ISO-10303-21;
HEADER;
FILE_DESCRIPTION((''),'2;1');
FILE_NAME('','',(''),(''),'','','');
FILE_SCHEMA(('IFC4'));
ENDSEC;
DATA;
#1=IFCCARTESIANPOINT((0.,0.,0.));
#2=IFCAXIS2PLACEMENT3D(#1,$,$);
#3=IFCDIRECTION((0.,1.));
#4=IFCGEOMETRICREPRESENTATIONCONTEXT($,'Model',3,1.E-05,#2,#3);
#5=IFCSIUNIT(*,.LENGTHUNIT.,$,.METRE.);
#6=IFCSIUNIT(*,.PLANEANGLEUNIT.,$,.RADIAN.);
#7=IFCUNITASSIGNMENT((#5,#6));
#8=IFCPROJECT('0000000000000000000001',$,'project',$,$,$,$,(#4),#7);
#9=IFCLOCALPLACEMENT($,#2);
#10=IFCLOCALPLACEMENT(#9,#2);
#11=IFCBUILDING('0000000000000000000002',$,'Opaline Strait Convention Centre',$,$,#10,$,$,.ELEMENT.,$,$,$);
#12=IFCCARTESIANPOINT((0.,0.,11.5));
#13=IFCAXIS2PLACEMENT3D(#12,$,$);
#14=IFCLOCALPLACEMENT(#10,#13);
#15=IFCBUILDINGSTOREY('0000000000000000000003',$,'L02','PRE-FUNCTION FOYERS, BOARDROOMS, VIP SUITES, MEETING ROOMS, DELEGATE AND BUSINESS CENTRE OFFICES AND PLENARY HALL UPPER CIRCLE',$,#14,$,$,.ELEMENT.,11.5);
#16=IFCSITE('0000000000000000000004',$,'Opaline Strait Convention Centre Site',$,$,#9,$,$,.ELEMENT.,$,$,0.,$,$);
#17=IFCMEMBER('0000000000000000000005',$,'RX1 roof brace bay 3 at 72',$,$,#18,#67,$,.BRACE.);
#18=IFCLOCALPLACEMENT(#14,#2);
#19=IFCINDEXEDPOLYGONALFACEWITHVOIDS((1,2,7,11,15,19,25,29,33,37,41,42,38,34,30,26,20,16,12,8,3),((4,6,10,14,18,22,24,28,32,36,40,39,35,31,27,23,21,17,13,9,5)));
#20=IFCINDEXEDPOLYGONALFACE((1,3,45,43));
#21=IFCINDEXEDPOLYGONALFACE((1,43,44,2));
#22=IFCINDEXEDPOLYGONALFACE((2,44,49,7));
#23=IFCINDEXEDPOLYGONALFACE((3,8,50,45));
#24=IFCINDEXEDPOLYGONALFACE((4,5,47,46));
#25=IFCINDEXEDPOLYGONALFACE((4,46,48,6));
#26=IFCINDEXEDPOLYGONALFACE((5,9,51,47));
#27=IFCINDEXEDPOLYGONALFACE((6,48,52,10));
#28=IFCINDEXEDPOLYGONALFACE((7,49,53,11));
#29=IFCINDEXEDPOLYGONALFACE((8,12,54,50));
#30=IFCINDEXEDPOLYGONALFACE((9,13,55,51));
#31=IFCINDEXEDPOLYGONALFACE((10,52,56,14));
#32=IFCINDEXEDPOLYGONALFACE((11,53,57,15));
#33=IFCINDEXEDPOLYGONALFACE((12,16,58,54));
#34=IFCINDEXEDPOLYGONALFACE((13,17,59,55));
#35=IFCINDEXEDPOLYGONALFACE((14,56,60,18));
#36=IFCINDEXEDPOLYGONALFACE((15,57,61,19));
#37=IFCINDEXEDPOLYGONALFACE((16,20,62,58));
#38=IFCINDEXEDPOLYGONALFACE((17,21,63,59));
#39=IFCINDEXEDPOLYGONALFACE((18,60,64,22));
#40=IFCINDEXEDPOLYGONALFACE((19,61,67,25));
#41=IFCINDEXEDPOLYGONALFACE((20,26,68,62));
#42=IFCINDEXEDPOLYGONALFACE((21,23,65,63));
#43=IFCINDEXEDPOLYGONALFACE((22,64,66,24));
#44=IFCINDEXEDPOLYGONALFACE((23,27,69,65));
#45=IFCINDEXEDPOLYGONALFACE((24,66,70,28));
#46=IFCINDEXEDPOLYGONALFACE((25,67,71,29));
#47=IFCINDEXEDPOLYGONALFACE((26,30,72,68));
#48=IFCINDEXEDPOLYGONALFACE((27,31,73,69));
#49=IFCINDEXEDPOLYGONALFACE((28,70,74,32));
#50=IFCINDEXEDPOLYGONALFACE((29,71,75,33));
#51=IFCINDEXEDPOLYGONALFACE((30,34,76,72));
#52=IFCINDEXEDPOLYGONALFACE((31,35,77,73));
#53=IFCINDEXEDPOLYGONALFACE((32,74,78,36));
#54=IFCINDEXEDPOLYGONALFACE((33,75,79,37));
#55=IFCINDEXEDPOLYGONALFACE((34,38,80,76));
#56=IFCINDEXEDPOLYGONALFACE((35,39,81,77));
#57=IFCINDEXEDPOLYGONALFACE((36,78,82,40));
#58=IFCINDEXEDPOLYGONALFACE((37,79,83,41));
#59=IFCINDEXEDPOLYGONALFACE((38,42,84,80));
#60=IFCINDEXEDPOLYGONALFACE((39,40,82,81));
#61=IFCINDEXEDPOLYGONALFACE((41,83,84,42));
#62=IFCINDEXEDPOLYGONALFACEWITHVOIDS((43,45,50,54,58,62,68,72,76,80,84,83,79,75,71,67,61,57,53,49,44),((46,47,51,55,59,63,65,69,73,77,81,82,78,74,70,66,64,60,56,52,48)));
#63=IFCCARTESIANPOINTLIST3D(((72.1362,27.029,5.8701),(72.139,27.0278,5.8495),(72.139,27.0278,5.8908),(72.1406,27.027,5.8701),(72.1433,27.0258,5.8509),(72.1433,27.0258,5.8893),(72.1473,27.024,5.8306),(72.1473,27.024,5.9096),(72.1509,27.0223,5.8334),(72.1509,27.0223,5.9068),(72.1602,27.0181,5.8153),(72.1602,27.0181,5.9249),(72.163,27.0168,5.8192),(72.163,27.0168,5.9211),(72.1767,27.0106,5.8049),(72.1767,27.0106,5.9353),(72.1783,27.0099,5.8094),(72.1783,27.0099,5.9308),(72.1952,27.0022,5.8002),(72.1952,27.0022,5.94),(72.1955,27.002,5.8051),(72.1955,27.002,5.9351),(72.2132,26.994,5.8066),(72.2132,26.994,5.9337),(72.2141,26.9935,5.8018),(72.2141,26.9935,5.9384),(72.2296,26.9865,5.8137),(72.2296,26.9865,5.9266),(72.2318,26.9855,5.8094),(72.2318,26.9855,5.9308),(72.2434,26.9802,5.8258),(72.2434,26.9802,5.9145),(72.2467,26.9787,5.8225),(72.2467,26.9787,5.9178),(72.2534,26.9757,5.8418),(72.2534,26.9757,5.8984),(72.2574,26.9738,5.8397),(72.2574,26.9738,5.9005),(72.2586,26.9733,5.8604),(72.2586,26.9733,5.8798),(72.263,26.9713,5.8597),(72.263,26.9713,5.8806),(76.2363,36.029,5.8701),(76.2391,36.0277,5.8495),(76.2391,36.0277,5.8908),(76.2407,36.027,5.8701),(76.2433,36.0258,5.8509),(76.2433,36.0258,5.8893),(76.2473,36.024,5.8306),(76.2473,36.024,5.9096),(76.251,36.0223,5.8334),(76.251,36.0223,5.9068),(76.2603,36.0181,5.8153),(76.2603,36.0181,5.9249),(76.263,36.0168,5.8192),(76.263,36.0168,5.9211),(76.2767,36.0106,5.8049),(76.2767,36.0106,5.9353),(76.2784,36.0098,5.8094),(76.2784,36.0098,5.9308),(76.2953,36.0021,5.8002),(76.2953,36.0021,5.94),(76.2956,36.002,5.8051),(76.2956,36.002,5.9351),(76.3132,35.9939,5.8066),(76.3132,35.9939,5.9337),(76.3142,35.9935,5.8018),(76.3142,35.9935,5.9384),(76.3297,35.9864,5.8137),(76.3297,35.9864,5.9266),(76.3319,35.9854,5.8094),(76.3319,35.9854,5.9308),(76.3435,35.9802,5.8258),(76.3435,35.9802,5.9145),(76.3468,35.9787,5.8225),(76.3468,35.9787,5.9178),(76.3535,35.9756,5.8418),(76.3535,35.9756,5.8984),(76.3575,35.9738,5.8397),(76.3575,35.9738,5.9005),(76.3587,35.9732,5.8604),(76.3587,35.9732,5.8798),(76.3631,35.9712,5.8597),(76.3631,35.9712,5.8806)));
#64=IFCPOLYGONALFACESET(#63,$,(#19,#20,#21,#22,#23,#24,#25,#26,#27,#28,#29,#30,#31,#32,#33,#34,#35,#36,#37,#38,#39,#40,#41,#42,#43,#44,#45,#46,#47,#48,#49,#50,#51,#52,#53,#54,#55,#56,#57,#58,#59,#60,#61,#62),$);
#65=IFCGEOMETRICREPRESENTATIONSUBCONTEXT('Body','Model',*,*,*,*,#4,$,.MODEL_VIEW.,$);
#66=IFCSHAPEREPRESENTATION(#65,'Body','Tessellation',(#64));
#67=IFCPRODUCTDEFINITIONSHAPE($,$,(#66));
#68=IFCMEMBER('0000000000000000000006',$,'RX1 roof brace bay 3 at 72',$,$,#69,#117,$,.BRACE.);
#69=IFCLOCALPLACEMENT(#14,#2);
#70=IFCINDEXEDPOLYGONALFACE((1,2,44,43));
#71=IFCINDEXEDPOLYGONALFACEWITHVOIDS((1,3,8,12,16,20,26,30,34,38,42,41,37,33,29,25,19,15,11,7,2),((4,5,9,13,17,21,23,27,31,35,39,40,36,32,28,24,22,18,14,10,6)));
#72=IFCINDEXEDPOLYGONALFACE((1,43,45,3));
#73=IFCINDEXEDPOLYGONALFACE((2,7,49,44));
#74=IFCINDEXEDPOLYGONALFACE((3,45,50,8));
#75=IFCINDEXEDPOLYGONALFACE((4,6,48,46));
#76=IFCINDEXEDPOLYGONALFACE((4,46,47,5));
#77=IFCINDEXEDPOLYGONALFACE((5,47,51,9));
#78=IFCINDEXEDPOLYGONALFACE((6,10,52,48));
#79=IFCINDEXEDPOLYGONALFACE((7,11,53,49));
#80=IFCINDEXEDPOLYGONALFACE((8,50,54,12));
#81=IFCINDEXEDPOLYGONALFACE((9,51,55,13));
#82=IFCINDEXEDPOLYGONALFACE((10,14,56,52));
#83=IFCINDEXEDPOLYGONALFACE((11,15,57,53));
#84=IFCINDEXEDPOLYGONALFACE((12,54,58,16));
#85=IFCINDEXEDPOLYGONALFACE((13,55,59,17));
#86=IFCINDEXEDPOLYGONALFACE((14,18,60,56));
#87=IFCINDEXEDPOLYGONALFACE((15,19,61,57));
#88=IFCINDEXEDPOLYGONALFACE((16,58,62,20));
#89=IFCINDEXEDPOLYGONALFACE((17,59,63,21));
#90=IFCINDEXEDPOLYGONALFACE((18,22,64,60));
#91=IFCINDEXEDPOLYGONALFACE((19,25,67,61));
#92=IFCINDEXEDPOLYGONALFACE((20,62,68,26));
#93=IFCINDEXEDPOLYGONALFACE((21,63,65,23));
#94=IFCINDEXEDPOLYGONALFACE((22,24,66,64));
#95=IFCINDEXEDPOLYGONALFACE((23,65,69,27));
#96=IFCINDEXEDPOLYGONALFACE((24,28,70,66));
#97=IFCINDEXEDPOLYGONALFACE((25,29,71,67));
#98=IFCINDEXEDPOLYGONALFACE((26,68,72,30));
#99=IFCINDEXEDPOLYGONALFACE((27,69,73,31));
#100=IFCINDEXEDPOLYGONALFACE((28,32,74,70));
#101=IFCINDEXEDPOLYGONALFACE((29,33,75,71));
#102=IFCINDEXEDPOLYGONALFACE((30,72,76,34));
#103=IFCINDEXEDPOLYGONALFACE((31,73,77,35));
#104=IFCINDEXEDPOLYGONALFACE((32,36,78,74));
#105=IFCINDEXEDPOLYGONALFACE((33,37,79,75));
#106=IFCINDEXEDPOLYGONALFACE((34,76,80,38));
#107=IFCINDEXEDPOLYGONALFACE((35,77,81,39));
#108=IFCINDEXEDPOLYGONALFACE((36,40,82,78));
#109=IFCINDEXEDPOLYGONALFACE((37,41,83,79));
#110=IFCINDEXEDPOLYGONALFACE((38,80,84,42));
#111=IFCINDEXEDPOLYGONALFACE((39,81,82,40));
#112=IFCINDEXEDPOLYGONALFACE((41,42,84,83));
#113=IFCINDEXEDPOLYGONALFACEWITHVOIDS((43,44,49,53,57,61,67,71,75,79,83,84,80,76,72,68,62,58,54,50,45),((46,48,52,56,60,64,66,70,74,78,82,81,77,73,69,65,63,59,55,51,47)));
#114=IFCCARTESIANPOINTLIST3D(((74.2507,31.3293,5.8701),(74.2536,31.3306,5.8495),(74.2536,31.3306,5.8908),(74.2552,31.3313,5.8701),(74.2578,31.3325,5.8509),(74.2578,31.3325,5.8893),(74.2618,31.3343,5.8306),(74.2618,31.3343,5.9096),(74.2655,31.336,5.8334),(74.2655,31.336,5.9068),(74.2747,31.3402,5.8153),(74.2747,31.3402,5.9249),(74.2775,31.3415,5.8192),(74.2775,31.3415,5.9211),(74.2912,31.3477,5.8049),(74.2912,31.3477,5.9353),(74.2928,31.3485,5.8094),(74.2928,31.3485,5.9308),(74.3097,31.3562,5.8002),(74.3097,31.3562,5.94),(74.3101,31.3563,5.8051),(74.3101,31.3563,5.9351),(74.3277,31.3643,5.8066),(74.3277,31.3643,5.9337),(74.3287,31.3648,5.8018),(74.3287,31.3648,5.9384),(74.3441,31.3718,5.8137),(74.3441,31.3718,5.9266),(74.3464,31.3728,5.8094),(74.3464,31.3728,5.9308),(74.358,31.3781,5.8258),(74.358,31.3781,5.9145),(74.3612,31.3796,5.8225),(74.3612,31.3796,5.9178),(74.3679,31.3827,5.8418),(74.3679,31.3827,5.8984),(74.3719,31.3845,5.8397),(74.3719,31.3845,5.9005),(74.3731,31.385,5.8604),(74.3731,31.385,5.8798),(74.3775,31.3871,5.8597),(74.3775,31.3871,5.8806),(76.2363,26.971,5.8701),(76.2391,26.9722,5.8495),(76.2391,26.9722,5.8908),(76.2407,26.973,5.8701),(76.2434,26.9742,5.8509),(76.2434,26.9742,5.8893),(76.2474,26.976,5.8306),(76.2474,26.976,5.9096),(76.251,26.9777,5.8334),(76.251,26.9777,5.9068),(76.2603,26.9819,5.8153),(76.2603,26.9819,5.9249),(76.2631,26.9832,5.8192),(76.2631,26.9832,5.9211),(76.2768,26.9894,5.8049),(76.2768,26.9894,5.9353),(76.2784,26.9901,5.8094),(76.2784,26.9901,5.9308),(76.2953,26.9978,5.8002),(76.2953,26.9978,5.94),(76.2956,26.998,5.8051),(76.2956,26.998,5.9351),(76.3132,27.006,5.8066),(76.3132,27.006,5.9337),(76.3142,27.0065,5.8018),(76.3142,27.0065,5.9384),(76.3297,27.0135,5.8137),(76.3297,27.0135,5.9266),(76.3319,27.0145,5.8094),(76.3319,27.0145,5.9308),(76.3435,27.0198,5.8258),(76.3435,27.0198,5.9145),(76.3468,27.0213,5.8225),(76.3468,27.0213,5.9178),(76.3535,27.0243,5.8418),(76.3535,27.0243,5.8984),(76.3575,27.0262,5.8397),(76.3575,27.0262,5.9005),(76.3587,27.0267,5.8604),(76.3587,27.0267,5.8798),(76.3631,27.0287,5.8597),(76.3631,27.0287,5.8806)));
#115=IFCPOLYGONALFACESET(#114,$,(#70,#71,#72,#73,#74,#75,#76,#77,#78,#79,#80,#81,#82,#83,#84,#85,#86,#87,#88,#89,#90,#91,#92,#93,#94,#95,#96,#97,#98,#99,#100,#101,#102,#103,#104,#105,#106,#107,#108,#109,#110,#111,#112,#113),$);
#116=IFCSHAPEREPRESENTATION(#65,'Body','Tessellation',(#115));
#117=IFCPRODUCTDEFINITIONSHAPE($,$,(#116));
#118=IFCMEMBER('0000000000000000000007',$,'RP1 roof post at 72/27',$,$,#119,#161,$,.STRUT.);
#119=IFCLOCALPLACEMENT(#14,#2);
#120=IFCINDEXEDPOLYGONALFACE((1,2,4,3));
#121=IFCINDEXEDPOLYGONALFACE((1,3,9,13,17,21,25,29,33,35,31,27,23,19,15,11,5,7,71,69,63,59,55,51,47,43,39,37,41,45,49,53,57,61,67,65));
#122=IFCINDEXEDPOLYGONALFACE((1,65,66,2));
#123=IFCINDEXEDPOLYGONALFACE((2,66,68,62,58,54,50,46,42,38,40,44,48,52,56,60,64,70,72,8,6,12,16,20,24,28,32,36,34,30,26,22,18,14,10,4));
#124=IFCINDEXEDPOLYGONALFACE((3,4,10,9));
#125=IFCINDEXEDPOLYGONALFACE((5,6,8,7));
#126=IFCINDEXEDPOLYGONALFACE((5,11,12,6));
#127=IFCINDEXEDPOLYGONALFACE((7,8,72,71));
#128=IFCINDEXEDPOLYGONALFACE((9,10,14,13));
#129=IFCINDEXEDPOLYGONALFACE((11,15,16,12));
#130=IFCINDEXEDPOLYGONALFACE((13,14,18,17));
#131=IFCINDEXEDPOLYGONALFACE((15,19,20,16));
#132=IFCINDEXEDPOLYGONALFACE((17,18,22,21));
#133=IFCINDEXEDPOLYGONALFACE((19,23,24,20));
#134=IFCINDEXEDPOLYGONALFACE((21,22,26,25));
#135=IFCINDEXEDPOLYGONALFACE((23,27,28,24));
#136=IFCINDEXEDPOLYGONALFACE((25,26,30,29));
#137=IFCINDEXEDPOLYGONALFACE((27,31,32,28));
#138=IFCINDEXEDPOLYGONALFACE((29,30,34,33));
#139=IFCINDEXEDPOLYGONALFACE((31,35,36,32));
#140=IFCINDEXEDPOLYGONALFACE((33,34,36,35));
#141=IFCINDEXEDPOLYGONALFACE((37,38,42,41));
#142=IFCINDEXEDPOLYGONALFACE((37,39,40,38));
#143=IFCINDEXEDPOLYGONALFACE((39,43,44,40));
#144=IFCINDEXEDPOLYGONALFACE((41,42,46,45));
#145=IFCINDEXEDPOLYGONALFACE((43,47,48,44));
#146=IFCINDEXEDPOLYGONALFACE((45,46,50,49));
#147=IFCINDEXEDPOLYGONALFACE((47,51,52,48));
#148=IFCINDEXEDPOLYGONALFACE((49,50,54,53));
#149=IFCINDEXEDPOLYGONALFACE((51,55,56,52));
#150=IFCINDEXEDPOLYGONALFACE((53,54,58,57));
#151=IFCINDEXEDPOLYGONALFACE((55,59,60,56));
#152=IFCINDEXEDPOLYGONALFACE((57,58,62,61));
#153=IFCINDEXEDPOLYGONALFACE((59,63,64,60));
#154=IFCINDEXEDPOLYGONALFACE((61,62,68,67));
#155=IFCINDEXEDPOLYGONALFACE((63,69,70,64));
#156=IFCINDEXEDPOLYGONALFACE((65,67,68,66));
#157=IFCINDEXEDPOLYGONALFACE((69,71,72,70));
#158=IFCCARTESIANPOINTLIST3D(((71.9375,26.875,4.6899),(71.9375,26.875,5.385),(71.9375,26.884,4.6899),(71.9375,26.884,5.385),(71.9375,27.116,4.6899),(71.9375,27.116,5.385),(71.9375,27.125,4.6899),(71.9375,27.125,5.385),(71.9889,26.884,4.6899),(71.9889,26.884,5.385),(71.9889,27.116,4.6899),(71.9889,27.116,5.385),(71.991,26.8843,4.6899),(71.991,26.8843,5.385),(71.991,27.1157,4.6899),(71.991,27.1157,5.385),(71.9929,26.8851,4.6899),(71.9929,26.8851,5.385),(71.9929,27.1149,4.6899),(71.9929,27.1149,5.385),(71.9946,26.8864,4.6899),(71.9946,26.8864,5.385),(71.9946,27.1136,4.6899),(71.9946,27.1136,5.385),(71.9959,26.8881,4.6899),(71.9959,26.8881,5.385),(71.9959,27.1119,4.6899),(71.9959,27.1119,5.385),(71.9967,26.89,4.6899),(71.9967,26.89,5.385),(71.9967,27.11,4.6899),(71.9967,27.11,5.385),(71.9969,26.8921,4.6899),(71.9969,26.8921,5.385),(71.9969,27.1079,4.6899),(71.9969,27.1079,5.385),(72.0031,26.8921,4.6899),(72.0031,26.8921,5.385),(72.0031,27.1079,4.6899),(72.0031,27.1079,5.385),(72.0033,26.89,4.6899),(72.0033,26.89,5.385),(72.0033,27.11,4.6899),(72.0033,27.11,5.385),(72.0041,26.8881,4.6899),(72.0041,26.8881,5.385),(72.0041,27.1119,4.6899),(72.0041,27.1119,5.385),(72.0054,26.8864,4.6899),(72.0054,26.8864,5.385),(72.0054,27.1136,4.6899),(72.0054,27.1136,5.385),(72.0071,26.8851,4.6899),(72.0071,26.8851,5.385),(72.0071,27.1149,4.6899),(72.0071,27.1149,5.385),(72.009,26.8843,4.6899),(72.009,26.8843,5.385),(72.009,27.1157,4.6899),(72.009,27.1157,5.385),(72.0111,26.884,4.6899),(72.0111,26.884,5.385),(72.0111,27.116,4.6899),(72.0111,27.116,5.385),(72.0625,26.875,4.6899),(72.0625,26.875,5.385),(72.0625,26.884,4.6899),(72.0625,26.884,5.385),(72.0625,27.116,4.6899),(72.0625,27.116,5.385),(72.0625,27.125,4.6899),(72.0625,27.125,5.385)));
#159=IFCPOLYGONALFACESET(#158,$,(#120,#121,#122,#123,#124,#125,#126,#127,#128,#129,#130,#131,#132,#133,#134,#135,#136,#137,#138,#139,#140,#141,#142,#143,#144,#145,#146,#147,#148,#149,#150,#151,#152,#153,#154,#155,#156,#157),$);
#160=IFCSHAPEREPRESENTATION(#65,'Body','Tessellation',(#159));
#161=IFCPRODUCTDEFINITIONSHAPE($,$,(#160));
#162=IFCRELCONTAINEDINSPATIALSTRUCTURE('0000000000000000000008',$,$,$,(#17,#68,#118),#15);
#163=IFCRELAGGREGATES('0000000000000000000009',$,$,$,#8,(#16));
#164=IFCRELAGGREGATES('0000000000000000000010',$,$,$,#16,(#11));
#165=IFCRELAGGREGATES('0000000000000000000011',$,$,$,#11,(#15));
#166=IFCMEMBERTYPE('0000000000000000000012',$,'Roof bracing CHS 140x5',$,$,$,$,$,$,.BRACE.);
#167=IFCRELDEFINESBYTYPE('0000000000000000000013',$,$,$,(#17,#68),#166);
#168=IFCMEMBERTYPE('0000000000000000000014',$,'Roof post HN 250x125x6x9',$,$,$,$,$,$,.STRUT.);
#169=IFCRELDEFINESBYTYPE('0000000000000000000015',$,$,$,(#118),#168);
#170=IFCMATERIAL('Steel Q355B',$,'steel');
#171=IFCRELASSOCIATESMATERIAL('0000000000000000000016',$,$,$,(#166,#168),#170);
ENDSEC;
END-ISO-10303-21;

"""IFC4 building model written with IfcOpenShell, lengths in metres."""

from ifc_helpers import new_model, si_unit, direction, frame, origin, origin_2d, place, context, subcontext, project, spatial, hollow_circle, i_section, extrude, material, material_profile, profile_set, type_object, element, save


model = new_model("IFC4")

# Units and contexts
model_context = context("Model", 3, precision=1e-05, world=origin(), true_north=direction((0.0, 1.0)))
body_context = subcontext(model_context, "Body", "Model", "MODEL_VIEW")
ifc_project = project(units=[si_unit("LENGTHUNIT", "METRE"), si_unit("PLANEANGLEUNIT", "RADIAN")], contexts=[model_context])

# Site, building, storey
site_placement = place(None, origin())
site = spatial("IfcSite", under=ifc_project, at=site_placement, Name="Opaline Strait Convention Centre Site", CompositionType="ELEMENT", RefElevation=0.0)
building_placement = place(site_placement, origin())
building = spatial("IfcBuilding", under=site, at=building_placement, Name="Opaline Strait Convention Centre", CompositionType="ELEMENT")
storey_placement = place(building_placement, frame((0.0, 0.0, 11.5)))
storey = spatial("IfcBuildingStorey", under=building, at=storey_placement, Name="L02", Description="PRE-FUNCTION FOYERS, BOARDROOMS, VIP SUITES, MEETING ROOMS, DELEGATE AND BUSINESS CENTRE OFFICES AND PLENARY HALL UPPER CIRCLE", CompositionType="ELEMENT", Elevation=11.5)

# Shared definitions
ifc_material_1 = material(Name="Steel Q355B", Category="steel")

# Members
ifc_material_profile_1 = material_profile(ifc_material_1, hollow_circle(Radius=0.0701, WallThickness=0.0049, at=origin_2d()), Name="CHS 140x5")
ifc_profile_set_1 = profile_set([ifc_material_profile_1], Name="Steel Q355B")
member_type_1 = type_object("IfcMemberType", Name="Roof bracing CHS 140x5", PredefinedType="BRACE", material=ifc_profile_set_1)
member_1_placement = place(storey_placement, frame((72.2, 27.0, 5.8701), z_axis=(0.414573, 0.910016, 0.0), x_axis=(-0.910016, 0.414573, 0.0)))
element("IfcMember", 1, at=member_1_placement, inside=storey, type_object=member_type_1, Name="RX1 roof brace bay 3 at 72", PredefinedType="BRACE", context=body_context, shape_type="SweptSolid", body=[
    extrude(hollow_circle(Radius=0.0701, WallThickness=0.0049, at=origin_2d()), origin(), (0.0, 0.0, 1.0), 9.8899),
])
member_2_placement = place(storey_placement, frame((76.3, 27.0, 5.8701), z_axis=(-0.414582, 0.910012, 0.0), x_axis=(-0.910012, -0.414582, 0.0)))
element("IfcMember", 2, at=member_2_placement, inside=storey, type_object=member_type_1, Name="RX1 roof brace bay 3 at 72", PredefinedType="BRACE", context=body_context, shape_type="SweptSolid", body=[
    extrude(hollow_circle(Radius=0.0701, WallThickness=0.0049, at=origin_2d()), origin(), (0.0, 0.0, 1.0), 4.7893),
])
ifc_material_profile_2 = material_profile(ifc_material_1, i_section(OverallWidth=0.125, OverallDepth=0.25, WebThickness=0.0061, FlangeThickness=0.009, FilletRadius=0.0081, at=origin_2d()), Name="HN 250x125x6x9")
ifc_profile_set_2 = profile_set([ifc_material_profile_2], Name="Steel Q355B")
member_type_2 = type_object("IfcMemberType", Name="Roof post HN 250x125x6x9", PredefinedType="STRUT", material=ifc_profile_set_2)
member_3_placement = place(storey_placement, frame((72.0, 27.0, 4.6899), z_axis=(0.0, 0.0, 1.0), x_axis=(1.0, 0.0, 0.0)))
element("IfcMember", 3, at=member_3_placement, inside=storey, type_object=member_type_2, Name="RP1 roof post at 72/27", PredefinedType="STRUT", context=body_context, shape_type="SweptSolid", body=[
    extrude(i_section(OverallWidth=0.125, OverallDepth=0.25, WebThickness=0.0061, FlangeThickness=0.009, FilletRadius=0.0081, at=origin_2d()), origin(), (0.0, 0.0, 1.0), 0.6951),
])

save(model, "model.ifc")
